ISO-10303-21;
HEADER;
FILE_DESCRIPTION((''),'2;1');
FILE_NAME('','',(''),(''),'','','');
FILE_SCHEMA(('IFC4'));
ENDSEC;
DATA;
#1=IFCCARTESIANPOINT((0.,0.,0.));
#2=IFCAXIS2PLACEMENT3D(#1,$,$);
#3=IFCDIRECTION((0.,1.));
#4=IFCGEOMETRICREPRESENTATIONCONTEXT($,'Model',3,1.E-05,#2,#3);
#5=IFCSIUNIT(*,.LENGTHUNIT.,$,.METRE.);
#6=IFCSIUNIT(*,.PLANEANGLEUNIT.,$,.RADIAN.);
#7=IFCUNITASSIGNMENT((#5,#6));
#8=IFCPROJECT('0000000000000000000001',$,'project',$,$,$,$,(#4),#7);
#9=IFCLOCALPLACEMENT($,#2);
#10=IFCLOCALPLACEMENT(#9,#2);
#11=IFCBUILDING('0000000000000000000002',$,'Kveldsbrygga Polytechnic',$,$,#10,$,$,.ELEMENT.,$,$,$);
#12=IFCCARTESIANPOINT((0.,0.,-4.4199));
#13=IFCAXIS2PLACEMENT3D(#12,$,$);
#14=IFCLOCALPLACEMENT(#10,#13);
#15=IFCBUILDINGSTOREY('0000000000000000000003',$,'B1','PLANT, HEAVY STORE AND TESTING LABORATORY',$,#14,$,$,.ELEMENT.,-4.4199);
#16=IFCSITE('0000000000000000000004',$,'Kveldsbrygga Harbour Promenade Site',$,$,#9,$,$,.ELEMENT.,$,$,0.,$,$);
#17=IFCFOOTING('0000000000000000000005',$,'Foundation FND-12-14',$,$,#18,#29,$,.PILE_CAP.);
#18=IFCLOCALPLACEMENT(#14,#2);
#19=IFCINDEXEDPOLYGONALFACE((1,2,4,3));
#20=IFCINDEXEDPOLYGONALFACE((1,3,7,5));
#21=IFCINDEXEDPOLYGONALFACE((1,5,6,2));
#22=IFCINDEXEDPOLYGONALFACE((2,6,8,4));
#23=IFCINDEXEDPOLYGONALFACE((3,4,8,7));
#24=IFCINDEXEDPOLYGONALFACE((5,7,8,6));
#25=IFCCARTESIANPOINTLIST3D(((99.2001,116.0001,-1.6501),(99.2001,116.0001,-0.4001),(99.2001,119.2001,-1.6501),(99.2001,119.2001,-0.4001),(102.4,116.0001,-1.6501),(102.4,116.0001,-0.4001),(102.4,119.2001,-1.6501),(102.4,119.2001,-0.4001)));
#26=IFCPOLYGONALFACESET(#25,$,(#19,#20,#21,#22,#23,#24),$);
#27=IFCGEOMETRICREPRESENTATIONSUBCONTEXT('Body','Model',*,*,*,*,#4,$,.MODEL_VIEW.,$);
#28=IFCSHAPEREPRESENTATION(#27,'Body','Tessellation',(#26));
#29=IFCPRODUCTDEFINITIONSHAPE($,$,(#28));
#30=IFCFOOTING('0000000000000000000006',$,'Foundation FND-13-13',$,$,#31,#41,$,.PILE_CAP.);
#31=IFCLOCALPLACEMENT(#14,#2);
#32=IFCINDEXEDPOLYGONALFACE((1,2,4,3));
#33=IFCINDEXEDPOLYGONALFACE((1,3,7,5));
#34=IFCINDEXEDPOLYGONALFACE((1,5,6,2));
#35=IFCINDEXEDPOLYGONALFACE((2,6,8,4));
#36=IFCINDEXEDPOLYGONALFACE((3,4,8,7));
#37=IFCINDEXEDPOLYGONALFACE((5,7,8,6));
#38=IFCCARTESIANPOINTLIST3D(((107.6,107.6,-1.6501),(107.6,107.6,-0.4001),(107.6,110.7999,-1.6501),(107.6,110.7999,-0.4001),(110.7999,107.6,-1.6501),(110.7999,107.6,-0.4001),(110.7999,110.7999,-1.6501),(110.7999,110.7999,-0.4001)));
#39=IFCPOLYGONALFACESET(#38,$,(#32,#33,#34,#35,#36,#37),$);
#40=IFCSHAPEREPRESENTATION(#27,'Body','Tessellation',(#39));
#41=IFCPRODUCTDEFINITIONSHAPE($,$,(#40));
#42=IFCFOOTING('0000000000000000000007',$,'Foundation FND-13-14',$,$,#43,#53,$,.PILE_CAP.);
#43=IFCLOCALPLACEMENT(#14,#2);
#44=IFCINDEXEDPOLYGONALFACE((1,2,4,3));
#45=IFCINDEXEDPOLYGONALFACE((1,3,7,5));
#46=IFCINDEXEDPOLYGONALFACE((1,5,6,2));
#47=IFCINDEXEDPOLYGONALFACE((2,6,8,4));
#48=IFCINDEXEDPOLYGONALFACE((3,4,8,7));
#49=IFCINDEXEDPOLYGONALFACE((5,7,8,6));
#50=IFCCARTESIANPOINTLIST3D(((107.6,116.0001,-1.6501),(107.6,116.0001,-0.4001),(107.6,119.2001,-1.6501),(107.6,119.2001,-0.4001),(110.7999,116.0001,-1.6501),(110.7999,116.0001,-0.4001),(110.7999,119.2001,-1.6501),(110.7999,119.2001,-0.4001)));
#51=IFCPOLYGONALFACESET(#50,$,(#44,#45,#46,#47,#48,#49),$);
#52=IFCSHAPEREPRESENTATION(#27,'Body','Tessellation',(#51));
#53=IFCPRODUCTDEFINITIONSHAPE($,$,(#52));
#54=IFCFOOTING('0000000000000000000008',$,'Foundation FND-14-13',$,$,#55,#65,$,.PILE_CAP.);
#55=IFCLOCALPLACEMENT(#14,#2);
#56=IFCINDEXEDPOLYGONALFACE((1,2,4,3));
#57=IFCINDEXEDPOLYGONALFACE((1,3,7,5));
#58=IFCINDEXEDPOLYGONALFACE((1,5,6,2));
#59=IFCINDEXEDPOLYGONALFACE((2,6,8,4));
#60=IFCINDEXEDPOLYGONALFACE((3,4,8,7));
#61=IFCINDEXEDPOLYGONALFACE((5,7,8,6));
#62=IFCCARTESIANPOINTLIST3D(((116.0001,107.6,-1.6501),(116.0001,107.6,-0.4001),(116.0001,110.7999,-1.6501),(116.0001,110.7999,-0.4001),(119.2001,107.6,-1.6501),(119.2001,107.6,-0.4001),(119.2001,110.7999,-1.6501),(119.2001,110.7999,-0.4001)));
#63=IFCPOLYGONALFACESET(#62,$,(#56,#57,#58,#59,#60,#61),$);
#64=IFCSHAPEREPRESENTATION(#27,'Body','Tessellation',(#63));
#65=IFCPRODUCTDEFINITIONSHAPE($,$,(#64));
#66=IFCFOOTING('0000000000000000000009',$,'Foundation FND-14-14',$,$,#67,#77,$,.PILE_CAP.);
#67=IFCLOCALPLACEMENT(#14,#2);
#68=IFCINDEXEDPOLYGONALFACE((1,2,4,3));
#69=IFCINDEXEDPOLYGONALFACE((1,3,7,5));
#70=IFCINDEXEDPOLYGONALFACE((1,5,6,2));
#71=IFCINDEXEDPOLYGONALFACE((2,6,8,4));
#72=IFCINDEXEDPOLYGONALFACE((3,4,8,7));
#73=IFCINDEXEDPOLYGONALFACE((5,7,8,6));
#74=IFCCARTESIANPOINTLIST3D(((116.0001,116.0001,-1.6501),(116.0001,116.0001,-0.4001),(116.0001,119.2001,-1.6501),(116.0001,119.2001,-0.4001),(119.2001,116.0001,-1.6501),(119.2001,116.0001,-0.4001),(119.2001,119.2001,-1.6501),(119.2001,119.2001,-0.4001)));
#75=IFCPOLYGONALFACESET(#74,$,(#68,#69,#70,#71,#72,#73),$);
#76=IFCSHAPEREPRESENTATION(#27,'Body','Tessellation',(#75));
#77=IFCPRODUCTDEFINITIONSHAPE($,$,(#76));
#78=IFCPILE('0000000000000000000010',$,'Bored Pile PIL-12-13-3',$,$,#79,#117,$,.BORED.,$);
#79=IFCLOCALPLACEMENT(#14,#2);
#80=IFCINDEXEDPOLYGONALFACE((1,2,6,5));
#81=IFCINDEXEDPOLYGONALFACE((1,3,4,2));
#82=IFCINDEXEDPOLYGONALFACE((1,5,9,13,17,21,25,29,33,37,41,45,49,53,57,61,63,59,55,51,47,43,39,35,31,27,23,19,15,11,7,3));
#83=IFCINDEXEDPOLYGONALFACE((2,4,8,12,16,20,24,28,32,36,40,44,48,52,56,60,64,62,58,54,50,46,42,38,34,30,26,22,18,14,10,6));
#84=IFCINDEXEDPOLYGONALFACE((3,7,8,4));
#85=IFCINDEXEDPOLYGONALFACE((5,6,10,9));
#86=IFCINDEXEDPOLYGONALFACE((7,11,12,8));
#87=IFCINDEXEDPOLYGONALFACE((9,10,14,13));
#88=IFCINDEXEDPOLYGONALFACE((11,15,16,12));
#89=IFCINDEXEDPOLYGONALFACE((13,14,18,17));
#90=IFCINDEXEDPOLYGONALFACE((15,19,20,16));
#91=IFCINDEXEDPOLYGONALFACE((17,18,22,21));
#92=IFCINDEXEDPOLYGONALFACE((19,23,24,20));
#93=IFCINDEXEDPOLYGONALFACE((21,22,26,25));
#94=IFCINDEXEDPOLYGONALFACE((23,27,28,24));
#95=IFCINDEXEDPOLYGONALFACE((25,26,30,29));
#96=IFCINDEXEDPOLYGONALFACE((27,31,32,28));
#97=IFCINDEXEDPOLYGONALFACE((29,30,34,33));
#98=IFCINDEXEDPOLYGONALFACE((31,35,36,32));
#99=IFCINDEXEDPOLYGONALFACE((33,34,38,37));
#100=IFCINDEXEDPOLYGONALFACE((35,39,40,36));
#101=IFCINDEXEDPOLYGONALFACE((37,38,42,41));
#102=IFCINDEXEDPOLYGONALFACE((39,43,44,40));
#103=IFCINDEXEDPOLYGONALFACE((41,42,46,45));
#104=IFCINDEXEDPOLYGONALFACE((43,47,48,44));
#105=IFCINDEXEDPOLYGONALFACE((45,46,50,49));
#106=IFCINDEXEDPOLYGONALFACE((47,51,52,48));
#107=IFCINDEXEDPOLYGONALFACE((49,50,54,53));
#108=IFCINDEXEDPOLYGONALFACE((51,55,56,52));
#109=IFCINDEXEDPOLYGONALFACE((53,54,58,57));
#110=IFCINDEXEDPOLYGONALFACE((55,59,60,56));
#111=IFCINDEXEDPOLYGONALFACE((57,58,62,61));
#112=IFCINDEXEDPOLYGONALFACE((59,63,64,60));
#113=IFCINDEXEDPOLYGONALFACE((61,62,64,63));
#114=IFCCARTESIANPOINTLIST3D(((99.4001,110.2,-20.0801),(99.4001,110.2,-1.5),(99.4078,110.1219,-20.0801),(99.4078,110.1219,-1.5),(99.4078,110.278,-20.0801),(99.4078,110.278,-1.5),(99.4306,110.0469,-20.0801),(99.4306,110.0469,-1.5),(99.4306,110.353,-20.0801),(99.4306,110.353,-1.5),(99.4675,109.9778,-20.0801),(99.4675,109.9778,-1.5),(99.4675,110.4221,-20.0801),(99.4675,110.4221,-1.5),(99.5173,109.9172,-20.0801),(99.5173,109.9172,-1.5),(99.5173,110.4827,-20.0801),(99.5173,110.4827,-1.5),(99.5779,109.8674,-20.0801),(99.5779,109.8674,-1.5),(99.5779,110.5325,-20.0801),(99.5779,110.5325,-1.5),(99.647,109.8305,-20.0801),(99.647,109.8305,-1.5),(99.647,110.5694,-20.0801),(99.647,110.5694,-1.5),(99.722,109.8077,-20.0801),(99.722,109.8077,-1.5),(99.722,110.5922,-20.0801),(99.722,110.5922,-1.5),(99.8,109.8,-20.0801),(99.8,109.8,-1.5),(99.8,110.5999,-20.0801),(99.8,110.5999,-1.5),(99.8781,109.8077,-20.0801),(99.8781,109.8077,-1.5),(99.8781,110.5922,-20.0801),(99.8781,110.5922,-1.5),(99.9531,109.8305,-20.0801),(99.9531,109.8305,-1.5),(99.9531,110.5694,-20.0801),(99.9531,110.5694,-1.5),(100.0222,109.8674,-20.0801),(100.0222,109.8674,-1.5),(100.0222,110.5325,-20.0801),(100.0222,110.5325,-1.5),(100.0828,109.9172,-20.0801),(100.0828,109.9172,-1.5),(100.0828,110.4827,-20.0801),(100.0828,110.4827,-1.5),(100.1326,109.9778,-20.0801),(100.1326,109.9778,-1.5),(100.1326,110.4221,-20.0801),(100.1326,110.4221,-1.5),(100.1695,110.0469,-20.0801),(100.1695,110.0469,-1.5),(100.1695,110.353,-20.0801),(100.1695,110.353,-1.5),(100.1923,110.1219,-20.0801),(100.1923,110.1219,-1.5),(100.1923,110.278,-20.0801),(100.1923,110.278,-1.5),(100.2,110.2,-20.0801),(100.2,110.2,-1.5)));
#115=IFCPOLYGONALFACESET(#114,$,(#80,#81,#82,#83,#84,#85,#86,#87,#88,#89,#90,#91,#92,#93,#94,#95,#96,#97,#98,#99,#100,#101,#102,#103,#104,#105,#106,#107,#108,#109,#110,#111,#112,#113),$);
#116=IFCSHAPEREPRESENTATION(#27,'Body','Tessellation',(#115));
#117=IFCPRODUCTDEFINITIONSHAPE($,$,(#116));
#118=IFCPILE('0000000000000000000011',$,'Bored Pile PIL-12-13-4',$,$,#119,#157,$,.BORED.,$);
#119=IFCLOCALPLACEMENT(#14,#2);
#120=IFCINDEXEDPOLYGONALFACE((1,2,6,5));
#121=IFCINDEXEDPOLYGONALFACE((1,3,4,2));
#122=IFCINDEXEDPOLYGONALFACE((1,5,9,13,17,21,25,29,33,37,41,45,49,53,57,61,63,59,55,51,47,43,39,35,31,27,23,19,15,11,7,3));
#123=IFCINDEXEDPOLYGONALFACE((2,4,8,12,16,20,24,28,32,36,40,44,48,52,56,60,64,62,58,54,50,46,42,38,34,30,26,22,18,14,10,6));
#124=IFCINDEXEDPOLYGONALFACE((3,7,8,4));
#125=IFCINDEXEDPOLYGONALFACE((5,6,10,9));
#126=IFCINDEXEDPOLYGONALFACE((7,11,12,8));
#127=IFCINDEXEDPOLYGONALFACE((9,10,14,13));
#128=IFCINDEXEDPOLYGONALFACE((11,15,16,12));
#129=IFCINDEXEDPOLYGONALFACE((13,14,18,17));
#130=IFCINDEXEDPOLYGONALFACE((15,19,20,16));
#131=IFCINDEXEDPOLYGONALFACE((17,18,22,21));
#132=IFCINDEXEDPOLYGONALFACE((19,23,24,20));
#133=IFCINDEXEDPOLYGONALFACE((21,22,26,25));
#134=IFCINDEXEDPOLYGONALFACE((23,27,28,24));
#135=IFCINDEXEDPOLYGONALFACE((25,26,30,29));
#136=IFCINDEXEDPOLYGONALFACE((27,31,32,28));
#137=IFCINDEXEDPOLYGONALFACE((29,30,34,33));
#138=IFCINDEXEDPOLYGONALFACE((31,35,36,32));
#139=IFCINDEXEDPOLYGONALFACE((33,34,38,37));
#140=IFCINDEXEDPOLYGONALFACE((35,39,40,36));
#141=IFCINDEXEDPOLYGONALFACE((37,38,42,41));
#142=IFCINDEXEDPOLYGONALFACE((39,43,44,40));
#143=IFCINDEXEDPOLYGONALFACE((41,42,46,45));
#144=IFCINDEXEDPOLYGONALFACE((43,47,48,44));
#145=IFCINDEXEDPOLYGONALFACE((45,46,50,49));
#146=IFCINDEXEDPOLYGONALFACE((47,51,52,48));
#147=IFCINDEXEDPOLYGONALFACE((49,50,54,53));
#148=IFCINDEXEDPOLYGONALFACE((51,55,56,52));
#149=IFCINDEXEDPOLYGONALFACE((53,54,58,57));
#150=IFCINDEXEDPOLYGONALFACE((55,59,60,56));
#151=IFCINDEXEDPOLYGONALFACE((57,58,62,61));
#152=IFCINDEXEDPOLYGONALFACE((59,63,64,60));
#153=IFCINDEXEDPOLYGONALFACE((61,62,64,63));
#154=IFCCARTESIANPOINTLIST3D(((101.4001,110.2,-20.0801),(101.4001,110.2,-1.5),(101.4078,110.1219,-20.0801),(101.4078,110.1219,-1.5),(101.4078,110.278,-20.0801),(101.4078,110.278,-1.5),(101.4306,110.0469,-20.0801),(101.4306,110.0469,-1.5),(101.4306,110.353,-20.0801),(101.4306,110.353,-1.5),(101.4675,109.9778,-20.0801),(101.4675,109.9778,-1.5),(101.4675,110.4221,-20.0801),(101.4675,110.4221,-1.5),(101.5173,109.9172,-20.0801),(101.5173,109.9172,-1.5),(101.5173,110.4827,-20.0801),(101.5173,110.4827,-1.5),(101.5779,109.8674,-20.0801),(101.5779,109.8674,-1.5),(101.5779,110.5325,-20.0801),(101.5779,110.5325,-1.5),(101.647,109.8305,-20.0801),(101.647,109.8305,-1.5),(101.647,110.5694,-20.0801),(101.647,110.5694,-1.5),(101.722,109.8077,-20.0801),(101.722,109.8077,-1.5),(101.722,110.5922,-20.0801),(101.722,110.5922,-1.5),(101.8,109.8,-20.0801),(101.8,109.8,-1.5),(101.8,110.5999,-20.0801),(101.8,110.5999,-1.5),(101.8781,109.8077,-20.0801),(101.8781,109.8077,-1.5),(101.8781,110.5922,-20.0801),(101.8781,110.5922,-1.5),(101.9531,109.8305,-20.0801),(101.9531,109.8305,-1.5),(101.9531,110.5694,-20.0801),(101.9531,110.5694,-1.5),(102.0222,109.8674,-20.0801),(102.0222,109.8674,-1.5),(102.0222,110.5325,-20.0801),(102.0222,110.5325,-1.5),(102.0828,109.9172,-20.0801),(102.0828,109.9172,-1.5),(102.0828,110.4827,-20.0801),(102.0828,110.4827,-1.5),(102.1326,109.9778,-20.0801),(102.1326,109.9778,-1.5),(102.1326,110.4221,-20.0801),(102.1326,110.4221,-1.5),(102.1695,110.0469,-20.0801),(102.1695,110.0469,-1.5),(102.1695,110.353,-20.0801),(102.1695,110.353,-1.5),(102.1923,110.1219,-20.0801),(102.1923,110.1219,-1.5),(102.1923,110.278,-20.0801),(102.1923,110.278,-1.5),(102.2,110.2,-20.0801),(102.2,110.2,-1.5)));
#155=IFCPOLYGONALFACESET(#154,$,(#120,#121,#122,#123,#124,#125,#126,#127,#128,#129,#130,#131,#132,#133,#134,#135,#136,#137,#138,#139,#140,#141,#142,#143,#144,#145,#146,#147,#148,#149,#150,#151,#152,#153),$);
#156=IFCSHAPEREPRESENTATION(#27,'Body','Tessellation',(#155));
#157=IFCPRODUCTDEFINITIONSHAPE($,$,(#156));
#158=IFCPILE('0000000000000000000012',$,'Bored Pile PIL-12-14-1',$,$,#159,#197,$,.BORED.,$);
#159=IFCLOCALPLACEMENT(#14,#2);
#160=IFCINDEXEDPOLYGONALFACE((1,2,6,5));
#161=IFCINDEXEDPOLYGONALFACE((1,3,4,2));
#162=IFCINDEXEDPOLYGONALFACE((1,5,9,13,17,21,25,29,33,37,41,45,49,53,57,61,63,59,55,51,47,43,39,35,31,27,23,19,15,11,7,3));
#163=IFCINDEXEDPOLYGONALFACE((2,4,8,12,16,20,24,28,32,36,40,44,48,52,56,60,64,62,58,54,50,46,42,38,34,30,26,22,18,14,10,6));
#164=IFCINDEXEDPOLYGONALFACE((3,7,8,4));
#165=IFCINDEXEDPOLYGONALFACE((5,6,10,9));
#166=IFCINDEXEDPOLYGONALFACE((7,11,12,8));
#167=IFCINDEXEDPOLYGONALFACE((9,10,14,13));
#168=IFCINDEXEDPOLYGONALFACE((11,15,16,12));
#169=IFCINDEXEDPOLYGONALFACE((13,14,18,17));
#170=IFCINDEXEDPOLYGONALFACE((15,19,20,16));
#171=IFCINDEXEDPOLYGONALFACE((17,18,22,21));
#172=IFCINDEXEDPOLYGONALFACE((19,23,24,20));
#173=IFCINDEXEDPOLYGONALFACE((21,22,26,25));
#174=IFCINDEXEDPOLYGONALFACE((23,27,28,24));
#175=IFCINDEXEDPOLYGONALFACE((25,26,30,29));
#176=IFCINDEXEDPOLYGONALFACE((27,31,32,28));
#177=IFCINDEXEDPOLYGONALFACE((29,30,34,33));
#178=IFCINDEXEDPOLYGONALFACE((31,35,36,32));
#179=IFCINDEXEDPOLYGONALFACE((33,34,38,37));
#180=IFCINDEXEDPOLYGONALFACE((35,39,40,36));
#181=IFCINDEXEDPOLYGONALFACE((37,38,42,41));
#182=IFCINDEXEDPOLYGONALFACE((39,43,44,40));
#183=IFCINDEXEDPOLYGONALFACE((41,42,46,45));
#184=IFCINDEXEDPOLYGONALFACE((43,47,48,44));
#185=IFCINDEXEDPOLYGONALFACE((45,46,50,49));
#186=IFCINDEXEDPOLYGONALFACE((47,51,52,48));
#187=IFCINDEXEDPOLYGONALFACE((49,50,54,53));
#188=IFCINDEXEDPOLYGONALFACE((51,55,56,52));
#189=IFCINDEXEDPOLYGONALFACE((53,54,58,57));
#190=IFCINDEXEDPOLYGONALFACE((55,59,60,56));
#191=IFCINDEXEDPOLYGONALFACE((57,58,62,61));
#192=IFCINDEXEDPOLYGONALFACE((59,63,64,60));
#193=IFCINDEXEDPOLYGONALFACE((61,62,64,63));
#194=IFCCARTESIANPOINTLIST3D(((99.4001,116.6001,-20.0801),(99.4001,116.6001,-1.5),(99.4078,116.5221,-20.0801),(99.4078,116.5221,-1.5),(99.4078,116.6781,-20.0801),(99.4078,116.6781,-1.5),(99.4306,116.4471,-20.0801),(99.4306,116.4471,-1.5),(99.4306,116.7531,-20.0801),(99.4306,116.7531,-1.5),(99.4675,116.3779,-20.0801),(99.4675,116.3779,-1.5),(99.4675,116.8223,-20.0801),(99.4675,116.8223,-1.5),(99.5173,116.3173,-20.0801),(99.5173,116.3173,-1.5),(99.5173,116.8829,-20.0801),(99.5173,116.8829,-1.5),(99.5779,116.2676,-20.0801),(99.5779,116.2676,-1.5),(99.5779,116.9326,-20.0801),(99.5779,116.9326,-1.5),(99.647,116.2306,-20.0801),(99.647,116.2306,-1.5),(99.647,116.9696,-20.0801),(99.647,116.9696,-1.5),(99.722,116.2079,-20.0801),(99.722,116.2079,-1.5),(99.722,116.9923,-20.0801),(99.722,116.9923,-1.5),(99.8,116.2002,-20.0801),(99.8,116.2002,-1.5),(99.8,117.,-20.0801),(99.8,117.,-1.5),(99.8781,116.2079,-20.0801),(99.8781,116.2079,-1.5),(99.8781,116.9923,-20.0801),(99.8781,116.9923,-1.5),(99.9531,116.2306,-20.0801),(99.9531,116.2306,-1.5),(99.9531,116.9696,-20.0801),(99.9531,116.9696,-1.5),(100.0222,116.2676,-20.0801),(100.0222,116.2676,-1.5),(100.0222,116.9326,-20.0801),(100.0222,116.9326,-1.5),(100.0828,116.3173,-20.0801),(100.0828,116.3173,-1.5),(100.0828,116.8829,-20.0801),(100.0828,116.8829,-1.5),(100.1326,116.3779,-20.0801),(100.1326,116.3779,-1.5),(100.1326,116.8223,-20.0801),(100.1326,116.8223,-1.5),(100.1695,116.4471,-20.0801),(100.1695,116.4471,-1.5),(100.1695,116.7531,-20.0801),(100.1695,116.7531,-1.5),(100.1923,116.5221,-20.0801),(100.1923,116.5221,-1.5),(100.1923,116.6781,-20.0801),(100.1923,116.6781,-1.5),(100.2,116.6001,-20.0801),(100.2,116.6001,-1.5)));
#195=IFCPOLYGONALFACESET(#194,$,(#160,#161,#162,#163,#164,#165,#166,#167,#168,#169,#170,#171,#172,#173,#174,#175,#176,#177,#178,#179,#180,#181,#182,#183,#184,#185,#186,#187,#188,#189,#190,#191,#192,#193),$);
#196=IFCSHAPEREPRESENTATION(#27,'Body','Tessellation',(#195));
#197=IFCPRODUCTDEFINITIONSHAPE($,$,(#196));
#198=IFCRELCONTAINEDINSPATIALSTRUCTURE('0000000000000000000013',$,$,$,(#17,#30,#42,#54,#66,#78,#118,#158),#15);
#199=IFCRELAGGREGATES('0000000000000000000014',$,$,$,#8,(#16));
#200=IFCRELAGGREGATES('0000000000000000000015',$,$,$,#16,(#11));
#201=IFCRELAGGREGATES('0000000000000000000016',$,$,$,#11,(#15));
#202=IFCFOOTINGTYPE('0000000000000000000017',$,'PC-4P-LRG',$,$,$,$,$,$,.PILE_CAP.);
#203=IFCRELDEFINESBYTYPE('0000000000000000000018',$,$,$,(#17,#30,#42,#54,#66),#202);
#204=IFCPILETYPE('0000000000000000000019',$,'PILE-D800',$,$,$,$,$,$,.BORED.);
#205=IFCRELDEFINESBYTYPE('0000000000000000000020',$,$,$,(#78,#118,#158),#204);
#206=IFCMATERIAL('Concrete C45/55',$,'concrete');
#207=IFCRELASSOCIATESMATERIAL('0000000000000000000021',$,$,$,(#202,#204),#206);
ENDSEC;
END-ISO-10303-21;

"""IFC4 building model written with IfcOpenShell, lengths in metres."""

from ifc_helpers import new_model, si_unit, direction, frame, origin, origin_2d, place, context, subcontext, project, spatial, rectangle, circle, extrude, material, material_profile, profile_set, type_object, element, save


model = new_model("IFC4")

# Units and contexts
model_context = context("Model", 3, precision=1e-05, world=origin(), true_north=direction((0.0, 1.0)))
body_context = subcontext(model_context, "Body", "Model", "MODEL_VIEW")
ifc_project = project(units=[si_unit("LENGTHUNIT", "METRE"), si_unit("PLANEANGLEUNIT", "RADIAN")], contexts=[model_context])

# Site, building, storey
site_placement = place(None, origin())
site = spatial("IfcSite", under=ifc_project, at=site_placement, Name="Kveldsbrygga Harbour Promenade Site", CompositionType="ELEMENT", RefElevation=0.0)
building_placement = place(site_placement, origin())
building = spatial("IfcBuilding", under=site, at=building_placement, Name="Kveldsbrygga Polytechnic", CompositionType="ELEMENT")
storey_placement = place(building_placement, frame((0.0, 0.0, -4.4199)))
storey = spatial("IfcBuildingStorey", under=building, at=storey_placement, Name="B1", Description="PLANT, HEAVY STORE AND TESTING LABORATORY", CompositionType="ELEMENT", Elevation=-4.4199)

# Footings
ifc_material_1 = material(Name="Concrete C45/55", Category="concrete")
footing_type = type_object("IfcFootingType", Name="PC-4P-LRG", PredefinedType="PILE_CAP", material=ifc_material_1)
for number, where, z_axis, x_axis, name in (
    (1, (100.8, 117.6001, -1.6501), (0.0, 0.0, 1.0), (1.0, 0.0, 0.0), "Foundation FND-12-14"),
    (2, (109.2, 109.2, -1.6501), (0.0, 0.0, 1.0), (1.0, 0.0, 0.0), "Foundation FND-13-13"),
    (3, (109.2, 117.6001, -1.6501), (0.0, 0.0, 1.0), (1.0, 0.0, 0.0), "Foundation FND-13-14"),
    (4, (117.6001, 109.2, -1.6501), (0.0, 0.0, 1.0), (1.0, 0.0, 0.0), "Foundation FND-14-13"),
    (5, (117.6001, 117.6001, -1.6501), (0.0, 0.0, 1.0), (1.0, 0.0, 0.0), "Foundation FND-14-14"),
):
    element("IfcFooting", number, at=place(storey_placement, frame(where, z_axis=z_axis, x_axis=x_axis)), inside=storey, type_object=footing_type, Name=name, PredefinedType="PILE_CAP", context=body_context, shape_type="SweptSolid", body=[
        extrude(rectangle(XDim=3.2, YDim=3.2, at=origin_2d()), origin(), (0.0, 0.0, 1.0), 1.25),
    ])

# Piles
ifc_material_profile_1 = material_profile(ifc_material_1, circle(Radius=0.3999, at=origin_2d()), Name="PILE D800")
ifc_profile_set_1 = profile_set([ifc_material_profile_1], Name="Concrete C45/55")
pile_type = type_object("IfcPileType", Name="PILE-D800", PredefinedType="BORED", material=ifc_profile_set_1)
for number, where, z_axis, x_axis, name in (
    (6, (99.8, 110.2, -1.5), (0.0, 0.0, -1.0), (1.0, 0.0, 0.0), "Bored Pile PIL-12-13-3"),
    (7, (101.8, 110.2, -1.5), (0.0, 0.0, -1.0), (1.0, 0.0, 0.0), "Bored Pile PIL-12-13-4"),
    (8, (99.8, 116.6001, -1.5), (0.0, 0.0, -1.0), (1.0, 0.0, 0.0), "Bored Pile PIL-12-14-1"),
):
    element("IfcPile", number, at=place(storey_placement, frame(where, z_axis=z_axis, x_axis=x_axis)), inside=storey, type_object=pile_type, Name=name, PredefinedType="BORED", context=body_context, shape_type="SweptSolid", body=[
        extrude(circle(Radius=0.3999, at=origin_2d()), origin(), (0.0, 0.0, 1.0), 18.5801),
    ])

save(model, "model.ifc")
